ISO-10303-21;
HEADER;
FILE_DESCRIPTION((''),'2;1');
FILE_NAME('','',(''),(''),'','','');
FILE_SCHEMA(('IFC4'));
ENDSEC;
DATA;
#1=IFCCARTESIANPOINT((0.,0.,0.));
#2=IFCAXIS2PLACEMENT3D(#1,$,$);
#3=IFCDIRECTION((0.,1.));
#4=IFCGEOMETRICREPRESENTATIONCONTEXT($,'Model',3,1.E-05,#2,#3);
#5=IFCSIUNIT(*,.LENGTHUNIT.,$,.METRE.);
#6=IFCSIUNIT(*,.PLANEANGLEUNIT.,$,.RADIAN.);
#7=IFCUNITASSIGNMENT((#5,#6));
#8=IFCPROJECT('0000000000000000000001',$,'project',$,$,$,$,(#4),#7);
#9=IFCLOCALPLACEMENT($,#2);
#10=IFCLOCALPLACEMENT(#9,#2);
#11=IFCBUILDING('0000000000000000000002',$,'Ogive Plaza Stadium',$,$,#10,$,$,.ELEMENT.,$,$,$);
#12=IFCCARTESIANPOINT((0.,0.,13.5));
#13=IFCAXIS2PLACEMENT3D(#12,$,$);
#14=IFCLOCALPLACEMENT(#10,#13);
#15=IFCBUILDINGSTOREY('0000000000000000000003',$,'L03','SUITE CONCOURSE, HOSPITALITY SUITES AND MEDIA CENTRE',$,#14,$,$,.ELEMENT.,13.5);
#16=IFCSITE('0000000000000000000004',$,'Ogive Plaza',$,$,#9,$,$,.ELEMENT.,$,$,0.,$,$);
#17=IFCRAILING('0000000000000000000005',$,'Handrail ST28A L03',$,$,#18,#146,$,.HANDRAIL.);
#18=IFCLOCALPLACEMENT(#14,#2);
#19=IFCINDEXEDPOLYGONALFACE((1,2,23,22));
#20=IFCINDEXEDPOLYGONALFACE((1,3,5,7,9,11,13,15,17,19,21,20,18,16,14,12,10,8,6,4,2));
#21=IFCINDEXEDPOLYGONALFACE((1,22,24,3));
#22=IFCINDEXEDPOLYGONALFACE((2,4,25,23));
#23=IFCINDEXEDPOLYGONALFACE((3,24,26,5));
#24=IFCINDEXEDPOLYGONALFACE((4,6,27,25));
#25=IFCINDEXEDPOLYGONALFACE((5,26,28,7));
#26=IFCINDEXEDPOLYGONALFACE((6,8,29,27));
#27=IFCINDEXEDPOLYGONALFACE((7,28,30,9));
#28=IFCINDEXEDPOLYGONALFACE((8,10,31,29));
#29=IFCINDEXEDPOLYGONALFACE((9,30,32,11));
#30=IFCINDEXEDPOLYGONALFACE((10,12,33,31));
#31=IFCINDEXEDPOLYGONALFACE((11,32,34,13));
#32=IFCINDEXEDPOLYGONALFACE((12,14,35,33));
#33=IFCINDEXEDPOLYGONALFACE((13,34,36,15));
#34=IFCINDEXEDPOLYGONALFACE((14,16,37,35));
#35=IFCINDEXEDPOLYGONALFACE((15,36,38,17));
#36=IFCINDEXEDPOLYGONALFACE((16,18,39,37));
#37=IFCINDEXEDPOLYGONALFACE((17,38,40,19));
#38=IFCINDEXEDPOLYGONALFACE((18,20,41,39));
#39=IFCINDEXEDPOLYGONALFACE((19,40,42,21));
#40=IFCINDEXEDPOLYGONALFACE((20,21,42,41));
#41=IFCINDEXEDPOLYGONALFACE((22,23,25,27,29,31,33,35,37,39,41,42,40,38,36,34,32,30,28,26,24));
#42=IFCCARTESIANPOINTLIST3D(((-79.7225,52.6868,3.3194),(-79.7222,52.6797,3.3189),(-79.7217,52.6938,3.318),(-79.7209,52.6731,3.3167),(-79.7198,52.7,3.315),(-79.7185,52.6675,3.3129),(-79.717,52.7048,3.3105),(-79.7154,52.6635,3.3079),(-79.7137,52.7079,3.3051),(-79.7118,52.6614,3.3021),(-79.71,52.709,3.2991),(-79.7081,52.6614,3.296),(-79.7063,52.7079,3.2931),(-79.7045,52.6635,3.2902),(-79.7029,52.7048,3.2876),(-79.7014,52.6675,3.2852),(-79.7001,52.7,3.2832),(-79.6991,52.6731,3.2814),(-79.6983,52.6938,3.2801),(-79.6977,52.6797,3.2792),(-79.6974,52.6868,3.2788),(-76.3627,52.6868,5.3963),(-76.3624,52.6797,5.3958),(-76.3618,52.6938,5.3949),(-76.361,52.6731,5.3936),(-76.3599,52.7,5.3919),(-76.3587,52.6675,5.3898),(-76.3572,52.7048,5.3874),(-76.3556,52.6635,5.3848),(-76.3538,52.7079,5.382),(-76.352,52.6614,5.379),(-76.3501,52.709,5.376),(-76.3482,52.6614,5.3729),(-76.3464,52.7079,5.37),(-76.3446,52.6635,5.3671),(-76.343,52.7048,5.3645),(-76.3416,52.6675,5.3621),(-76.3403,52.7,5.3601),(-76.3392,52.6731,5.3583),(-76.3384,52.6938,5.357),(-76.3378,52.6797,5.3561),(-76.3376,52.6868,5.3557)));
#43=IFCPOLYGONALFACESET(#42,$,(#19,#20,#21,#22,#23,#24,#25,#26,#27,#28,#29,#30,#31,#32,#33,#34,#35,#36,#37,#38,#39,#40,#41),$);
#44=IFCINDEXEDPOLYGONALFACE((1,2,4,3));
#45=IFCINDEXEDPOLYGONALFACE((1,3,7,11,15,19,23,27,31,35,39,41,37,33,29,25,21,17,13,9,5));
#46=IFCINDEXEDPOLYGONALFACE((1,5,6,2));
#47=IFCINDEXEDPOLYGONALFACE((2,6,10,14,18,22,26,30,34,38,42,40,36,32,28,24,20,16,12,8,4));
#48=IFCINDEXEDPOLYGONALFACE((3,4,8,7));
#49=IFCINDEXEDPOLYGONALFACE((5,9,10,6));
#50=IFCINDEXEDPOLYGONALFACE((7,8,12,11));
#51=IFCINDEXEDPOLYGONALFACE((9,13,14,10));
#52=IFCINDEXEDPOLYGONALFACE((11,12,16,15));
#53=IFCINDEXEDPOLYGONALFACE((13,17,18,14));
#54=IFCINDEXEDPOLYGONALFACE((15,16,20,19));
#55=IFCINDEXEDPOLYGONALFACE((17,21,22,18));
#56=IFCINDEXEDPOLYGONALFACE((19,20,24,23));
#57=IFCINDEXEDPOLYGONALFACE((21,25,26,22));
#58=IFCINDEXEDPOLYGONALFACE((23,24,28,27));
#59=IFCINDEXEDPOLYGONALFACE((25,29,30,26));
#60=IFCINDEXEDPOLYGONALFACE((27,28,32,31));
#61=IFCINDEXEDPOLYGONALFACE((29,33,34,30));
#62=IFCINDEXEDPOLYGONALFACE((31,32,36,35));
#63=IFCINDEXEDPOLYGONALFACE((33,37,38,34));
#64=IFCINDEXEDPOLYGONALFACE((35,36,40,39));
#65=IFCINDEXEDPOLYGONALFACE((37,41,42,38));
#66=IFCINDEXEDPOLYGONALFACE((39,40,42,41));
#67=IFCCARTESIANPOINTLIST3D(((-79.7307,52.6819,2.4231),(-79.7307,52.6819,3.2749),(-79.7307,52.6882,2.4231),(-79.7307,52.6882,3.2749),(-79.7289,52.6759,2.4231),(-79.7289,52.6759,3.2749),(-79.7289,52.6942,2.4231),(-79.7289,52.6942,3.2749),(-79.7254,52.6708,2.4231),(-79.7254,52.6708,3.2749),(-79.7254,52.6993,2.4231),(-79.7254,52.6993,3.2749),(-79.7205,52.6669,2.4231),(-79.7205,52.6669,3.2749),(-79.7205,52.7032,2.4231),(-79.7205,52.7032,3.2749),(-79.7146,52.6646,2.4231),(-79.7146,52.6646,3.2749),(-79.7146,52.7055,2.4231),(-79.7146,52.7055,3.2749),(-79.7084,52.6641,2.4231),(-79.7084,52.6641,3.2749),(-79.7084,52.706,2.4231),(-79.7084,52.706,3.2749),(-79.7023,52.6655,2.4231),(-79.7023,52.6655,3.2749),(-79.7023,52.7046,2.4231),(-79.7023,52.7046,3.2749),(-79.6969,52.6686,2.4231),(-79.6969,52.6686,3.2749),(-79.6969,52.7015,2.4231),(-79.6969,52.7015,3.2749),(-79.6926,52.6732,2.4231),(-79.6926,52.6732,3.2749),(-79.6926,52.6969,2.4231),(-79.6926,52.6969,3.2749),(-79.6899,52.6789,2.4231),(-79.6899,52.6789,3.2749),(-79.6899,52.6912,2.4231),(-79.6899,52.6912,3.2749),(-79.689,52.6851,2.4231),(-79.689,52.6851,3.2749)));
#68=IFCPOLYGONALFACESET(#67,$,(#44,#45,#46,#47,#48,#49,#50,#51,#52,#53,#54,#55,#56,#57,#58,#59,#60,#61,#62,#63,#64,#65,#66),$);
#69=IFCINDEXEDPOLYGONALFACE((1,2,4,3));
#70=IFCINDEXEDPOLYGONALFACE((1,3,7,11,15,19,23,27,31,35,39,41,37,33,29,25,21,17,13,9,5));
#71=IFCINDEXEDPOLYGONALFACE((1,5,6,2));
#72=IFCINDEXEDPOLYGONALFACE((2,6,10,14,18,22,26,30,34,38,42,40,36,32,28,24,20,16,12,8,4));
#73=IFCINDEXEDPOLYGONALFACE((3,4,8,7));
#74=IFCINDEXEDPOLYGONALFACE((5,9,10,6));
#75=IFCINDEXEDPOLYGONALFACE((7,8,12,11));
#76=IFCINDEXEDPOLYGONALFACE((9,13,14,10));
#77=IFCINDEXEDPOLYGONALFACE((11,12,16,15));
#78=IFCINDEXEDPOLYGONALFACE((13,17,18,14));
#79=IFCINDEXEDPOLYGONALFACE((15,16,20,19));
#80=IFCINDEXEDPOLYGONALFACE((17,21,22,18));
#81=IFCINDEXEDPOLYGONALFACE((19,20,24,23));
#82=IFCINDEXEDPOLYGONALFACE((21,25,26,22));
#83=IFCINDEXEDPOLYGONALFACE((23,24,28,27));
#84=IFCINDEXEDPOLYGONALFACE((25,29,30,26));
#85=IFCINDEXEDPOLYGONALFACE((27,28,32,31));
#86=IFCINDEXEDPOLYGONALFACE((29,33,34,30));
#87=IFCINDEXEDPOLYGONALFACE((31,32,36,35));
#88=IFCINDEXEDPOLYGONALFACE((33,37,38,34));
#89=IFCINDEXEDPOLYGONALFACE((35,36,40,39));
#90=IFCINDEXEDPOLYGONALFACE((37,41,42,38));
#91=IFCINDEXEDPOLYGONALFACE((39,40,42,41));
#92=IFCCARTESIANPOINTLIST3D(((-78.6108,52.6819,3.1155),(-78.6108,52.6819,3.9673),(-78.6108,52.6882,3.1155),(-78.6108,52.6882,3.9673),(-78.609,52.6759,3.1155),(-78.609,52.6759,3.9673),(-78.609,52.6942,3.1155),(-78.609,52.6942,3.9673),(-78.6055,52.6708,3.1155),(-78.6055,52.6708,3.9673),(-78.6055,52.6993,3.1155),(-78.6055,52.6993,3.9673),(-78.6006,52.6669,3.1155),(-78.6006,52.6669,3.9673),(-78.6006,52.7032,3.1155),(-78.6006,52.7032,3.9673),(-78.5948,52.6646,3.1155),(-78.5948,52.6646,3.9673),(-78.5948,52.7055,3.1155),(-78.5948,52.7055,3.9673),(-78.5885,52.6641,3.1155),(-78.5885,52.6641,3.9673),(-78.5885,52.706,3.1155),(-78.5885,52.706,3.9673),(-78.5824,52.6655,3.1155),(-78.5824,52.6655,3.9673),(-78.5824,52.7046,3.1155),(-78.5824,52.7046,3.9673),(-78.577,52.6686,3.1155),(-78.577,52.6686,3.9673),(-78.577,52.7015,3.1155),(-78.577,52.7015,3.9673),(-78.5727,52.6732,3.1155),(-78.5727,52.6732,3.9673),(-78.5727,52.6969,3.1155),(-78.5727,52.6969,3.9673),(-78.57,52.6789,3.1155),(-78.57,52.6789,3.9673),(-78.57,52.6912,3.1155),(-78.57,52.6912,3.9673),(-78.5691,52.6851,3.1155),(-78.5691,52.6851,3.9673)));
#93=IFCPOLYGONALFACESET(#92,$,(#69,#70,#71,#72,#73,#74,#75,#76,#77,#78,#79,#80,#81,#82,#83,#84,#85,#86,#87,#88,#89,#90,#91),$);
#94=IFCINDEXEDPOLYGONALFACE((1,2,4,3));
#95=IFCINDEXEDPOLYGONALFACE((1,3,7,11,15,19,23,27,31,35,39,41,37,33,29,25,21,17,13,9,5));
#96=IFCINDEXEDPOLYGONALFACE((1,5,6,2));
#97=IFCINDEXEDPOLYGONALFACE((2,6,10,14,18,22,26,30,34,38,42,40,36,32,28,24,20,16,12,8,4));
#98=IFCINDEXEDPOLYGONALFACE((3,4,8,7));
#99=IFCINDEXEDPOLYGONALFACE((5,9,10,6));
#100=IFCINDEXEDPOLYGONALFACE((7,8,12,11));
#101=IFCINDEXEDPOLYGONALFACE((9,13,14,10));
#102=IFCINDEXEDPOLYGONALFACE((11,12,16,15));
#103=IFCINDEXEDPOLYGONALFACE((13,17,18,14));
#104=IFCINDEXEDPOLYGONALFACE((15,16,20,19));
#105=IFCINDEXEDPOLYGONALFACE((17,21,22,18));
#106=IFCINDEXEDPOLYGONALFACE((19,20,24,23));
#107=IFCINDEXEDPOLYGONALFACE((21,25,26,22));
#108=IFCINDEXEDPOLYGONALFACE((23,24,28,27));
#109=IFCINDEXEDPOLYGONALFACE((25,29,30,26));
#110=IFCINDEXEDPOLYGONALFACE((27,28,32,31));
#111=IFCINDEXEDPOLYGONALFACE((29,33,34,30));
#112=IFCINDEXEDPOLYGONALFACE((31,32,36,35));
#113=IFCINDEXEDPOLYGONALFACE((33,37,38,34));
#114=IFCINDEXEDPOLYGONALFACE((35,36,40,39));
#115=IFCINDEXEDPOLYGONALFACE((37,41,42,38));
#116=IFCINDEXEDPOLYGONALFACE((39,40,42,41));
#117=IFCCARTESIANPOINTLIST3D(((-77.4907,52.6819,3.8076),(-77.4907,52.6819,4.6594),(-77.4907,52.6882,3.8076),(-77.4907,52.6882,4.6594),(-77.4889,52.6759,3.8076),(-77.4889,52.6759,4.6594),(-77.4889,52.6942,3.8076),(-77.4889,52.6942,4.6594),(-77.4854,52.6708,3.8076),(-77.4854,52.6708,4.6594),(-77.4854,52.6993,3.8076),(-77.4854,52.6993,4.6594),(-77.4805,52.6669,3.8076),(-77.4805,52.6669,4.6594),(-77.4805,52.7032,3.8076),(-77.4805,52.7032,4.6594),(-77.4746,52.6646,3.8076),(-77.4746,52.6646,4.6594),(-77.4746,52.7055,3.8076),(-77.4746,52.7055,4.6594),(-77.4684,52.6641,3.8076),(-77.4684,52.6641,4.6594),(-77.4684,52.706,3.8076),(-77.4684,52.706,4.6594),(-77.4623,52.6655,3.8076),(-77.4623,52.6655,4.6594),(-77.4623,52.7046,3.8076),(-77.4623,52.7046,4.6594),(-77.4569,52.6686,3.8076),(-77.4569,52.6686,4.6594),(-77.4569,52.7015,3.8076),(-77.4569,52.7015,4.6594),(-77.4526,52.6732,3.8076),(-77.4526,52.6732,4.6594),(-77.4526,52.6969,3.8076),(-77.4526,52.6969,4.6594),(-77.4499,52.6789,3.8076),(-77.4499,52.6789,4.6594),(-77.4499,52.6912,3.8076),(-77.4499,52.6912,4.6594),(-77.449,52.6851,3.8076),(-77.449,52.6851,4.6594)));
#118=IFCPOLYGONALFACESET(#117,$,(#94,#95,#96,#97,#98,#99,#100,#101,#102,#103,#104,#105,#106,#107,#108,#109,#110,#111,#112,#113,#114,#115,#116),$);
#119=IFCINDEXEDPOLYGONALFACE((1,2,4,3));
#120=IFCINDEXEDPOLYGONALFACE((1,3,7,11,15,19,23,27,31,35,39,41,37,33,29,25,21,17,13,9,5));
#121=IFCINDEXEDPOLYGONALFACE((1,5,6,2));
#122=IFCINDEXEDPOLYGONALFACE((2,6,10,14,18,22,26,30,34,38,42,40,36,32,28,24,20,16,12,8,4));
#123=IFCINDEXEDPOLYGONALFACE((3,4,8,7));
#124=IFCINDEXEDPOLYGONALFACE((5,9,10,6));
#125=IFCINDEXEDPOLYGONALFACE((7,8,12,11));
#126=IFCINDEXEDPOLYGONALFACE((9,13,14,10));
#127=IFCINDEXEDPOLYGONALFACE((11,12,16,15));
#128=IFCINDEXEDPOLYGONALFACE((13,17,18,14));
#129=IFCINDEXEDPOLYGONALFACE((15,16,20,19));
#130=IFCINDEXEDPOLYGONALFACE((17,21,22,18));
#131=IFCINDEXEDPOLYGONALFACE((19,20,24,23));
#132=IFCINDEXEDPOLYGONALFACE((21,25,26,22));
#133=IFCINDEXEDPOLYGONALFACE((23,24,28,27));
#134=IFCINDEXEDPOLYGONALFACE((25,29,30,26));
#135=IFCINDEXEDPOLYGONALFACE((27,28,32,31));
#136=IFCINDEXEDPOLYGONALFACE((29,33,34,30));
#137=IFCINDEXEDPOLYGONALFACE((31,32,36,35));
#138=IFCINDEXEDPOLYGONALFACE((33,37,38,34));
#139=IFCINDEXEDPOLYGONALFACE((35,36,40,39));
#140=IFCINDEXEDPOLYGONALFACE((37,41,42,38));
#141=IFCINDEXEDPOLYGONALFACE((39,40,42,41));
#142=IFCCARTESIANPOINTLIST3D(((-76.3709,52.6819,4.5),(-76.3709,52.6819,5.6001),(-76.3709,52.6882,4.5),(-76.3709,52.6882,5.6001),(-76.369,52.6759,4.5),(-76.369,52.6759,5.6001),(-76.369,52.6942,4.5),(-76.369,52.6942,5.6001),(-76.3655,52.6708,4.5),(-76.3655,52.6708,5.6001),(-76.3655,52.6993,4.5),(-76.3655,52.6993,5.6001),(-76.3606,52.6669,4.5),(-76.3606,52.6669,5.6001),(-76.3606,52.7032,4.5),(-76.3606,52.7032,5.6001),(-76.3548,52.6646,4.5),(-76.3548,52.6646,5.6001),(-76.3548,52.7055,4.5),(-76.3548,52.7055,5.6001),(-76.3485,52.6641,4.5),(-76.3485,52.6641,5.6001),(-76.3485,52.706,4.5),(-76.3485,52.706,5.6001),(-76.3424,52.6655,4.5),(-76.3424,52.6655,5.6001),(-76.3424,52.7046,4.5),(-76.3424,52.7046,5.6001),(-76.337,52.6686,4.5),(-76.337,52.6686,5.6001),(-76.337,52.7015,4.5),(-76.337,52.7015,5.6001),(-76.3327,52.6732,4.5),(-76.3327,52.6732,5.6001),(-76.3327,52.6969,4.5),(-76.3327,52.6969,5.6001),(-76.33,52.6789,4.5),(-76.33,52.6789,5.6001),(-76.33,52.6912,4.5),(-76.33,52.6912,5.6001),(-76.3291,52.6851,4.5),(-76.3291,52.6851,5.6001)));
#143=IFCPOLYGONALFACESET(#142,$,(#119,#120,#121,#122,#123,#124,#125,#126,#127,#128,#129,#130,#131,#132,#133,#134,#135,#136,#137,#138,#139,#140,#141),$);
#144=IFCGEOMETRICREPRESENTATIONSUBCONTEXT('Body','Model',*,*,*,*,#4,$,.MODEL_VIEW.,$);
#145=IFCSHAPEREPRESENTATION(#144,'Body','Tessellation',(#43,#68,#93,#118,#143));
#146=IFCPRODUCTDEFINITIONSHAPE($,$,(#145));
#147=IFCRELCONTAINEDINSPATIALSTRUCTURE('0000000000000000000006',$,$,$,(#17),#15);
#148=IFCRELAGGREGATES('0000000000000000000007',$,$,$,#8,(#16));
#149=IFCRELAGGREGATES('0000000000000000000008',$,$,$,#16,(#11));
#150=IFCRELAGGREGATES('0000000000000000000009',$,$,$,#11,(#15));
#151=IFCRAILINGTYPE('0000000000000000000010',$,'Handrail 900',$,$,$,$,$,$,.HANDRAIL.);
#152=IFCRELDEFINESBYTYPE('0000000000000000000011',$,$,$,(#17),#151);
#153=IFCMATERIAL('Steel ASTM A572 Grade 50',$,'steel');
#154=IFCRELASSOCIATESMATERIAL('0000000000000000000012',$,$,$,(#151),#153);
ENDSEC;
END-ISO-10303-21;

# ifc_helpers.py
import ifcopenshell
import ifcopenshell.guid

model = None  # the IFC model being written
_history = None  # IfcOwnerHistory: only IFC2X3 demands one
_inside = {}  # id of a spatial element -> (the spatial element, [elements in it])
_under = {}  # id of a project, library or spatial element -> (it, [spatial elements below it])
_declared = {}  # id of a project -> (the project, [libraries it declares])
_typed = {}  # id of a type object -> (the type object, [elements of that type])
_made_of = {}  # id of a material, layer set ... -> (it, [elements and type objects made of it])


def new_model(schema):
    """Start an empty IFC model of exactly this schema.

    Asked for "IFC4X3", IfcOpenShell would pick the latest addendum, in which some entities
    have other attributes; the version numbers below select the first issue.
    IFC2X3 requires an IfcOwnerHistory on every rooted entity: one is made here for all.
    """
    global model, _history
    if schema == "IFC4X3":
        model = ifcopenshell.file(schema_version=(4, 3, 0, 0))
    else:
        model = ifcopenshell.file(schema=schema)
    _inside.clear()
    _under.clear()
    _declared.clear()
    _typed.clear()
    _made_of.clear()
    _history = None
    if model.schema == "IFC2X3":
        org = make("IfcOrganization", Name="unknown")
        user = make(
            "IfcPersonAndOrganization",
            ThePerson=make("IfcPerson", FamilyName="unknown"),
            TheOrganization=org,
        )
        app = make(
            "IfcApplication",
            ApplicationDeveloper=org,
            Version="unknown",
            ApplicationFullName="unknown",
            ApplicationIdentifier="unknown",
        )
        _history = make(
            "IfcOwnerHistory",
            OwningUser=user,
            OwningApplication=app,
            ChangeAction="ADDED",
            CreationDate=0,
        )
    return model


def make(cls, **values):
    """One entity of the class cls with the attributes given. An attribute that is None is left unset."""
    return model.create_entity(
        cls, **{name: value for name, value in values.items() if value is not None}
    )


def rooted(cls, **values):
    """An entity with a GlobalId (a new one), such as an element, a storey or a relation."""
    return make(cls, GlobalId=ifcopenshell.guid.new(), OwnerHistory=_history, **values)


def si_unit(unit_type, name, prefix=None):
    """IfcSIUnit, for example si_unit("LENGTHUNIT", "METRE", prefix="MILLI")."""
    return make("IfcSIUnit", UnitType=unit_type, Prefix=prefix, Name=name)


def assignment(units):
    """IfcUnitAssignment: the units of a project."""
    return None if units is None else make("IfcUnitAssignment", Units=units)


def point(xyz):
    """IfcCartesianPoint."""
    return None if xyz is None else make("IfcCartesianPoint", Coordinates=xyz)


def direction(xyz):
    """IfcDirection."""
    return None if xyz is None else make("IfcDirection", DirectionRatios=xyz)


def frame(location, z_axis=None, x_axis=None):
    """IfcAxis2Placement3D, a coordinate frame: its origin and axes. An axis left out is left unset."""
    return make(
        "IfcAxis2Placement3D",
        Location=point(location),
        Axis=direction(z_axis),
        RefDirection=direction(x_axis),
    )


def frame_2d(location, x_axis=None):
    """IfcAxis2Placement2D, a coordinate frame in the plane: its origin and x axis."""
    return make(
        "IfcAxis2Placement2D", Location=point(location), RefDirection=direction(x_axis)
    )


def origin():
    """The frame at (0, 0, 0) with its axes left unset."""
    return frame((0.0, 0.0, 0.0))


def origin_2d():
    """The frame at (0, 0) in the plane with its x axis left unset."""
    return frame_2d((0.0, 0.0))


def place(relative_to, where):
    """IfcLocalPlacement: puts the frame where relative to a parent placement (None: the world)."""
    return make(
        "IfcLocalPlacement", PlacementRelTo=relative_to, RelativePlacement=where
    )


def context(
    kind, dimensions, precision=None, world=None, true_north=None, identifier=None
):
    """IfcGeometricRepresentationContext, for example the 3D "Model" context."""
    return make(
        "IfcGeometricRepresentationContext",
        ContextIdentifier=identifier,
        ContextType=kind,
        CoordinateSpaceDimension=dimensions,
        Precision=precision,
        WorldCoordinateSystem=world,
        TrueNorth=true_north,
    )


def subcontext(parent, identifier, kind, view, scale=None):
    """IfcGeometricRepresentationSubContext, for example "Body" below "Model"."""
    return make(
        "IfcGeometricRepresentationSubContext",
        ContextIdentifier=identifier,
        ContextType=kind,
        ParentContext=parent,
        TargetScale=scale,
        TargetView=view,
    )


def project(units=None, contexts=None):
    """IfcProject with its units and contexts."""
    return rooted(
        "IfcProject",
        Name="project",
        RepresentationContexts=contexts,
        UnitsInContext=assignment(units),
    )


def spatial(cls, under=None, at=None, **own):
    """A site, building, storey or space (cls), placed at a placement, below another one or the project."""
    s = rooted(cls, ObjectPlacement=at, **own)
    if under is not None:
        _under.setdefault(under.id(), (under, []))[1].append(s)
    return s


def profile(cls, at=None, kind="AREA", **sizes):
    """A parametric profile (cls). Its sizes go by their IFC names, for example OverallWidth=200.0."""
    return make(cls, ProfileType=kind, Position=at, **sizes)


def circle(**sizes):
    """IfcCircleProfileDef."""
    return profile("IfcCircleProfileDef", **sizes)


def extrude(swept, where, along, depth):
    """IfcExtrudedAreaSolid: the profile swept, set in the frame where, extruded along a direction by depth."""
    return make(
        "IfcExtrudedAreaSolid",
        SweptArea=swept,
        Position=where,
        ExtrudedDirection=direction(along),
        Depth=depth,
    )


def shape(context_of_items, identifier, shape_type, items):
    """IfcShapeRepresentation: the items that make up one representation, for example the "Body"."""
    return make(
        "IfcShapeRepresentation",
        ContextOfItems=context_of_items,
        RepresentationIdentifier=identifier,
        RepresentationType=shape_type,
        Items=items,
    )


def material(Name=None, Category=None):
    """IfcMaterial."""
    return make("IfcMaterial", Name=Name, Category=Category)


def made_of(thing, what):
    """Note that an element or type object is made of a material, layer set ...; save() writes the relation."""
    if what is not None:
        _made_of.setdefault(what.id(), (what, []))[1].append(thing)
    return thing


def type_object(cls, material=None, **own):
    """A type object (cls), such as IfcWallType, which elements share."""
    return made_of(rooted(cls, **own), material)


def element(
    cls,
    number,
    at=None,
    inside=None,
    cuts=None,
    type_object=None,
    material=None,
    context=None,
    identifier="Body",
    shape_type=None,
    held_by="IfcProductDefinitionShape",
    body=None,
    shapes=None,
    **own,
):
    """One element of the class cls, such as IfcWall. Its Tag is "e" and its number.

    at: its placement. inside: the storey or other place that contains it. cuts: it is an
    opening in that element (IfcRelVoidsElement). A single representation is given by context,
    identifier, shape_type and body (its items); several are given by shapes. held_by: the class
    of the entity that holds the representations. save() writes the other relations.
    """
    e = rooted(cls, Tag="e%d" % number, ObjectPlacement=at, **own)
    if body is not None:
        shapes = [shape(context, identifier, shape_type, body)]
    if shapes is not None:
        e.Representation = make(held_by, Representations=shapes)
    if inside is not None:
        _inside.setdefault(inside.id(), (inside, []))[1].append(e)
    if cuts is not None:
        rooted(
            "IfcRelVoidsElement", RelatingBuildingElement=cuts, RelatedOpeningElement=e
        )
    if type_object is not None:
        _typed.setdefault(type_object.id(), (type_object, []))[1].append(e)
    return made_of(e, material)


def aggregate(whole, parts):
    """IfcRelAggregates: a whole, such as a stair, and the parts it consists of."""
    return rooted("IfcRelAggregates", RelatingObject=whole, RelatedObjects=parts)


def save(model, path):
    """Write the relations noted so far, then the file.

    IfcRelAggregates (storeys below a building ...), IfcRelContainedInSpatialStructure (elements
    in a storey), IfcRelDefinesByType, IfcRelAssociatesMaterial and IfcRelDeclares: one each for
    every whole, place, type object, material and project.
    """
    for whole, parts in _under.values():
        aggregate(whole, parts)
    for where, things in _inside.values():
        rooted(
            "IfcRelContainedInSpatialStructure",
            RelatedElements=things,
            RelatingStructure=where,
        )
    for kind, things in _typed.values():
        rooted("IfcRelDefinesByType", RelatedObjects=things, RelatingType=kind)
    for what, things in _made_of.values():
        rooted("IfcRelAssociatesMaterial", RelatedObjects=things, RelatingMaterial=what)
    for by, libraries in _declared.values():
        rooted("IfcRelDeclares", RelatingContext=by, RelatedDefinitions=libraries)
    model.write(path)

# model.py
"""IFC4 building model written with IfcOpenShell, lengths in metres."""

from ifc_helpers import new_model, si_unit, direction, frame, origin, origin_2d, place, context, subcontext, project, spatial, circle, extrude, material, type_object, element, save


model = new_model("IFC4")

# Units and contexts
model_context = context("Model", 3, precision=1e-05, world=origin(), true_north=direction((0.0, 1.0)))
body_context = subcontext(model_context, "Body", "Model", "MODEL_VIEW")
ifc_project = project(units=[si_unit("LENGTHUNIT", "METRE"), si_unit("PLANEANGLEUNIT", "RADIAN")], contexts=[model_context])

# Site, building, storey
site_placement = place(None, origin())
site = spatial("IfcSite", under=ifc_project, at=site_placement, Name="Ogive Plaza", CompositionType="ELEMENT", RefElevation=0.0)
building_placement = place(site_placement, origin())
building = spatial("IfcBuilding", under=site, at=building_placement, Name="Ogive Plaza Stadium", CompositionType="ELEMENT")
storey_placement = place(building_placement, frame((0.0, 0.0, 13.5)))
storey = spatial("IfcBuildingStorey", under=building, at=storey_placement, Name="L03", Description="SUITE CONCOURSE, HOSPITALITY SUITES AND MEDIA CENTRE", CompositionType="ELEMENT", Elevation=13.5)

# Railing
ifc_material_1 = material(Name="Steel ASTM A572 Grade 50", Category="steel")
railing_type_1 = type_object("IfcRailingType", Name="Handrail 900", PredefinedType="HANDRAIL", material=ifc_material_1)
for number, where, name in (
    (1, (-79.71, 52.6851, 2.4231), "Handrail ST28A L03"),
):
    element("IfcRailing", number, at=place(storey_placement, frame(where)), inside=storey, type_object=railing_type_1, Name=name, PredefinedType="HANDRAIL", context=body_context, shape_type="SweptSolid", body=[
        extrude(circle(Radius=0.0239, at=origin_2d()), frame((0.0, 0.0, 0.876), z_axis=(0.850606, 0.0, 0.525803), x_axis=(0.0, 1.0, 0.0)), (0.0, 0.0, 1.0), 3.95),
        extrude(circle(Radius=0.021, at=origin_2d()), origin(), (0.0, 0.0, 1.0), 0.8518),
        extrude(circle(Radius=0.021, at=origin_2d()), frame((1.1199, 0.0, 0.6924)), (0.0, 0.0, 1.0), 0.8518),
        extrude(circle(Radius=0.021, at=origin_2d()), frame((2.24, 0.0, 1.3845)), (0.0, 0.0, 1.0), 0.8518),
        extrude(circle(Radius=0.021, at=origin_2d()), frame((3.3599, 0.0, 2.0769)), (0.0, 0.0, 1.0), 1.1001),
    ])

save(model, "model.ifc")
